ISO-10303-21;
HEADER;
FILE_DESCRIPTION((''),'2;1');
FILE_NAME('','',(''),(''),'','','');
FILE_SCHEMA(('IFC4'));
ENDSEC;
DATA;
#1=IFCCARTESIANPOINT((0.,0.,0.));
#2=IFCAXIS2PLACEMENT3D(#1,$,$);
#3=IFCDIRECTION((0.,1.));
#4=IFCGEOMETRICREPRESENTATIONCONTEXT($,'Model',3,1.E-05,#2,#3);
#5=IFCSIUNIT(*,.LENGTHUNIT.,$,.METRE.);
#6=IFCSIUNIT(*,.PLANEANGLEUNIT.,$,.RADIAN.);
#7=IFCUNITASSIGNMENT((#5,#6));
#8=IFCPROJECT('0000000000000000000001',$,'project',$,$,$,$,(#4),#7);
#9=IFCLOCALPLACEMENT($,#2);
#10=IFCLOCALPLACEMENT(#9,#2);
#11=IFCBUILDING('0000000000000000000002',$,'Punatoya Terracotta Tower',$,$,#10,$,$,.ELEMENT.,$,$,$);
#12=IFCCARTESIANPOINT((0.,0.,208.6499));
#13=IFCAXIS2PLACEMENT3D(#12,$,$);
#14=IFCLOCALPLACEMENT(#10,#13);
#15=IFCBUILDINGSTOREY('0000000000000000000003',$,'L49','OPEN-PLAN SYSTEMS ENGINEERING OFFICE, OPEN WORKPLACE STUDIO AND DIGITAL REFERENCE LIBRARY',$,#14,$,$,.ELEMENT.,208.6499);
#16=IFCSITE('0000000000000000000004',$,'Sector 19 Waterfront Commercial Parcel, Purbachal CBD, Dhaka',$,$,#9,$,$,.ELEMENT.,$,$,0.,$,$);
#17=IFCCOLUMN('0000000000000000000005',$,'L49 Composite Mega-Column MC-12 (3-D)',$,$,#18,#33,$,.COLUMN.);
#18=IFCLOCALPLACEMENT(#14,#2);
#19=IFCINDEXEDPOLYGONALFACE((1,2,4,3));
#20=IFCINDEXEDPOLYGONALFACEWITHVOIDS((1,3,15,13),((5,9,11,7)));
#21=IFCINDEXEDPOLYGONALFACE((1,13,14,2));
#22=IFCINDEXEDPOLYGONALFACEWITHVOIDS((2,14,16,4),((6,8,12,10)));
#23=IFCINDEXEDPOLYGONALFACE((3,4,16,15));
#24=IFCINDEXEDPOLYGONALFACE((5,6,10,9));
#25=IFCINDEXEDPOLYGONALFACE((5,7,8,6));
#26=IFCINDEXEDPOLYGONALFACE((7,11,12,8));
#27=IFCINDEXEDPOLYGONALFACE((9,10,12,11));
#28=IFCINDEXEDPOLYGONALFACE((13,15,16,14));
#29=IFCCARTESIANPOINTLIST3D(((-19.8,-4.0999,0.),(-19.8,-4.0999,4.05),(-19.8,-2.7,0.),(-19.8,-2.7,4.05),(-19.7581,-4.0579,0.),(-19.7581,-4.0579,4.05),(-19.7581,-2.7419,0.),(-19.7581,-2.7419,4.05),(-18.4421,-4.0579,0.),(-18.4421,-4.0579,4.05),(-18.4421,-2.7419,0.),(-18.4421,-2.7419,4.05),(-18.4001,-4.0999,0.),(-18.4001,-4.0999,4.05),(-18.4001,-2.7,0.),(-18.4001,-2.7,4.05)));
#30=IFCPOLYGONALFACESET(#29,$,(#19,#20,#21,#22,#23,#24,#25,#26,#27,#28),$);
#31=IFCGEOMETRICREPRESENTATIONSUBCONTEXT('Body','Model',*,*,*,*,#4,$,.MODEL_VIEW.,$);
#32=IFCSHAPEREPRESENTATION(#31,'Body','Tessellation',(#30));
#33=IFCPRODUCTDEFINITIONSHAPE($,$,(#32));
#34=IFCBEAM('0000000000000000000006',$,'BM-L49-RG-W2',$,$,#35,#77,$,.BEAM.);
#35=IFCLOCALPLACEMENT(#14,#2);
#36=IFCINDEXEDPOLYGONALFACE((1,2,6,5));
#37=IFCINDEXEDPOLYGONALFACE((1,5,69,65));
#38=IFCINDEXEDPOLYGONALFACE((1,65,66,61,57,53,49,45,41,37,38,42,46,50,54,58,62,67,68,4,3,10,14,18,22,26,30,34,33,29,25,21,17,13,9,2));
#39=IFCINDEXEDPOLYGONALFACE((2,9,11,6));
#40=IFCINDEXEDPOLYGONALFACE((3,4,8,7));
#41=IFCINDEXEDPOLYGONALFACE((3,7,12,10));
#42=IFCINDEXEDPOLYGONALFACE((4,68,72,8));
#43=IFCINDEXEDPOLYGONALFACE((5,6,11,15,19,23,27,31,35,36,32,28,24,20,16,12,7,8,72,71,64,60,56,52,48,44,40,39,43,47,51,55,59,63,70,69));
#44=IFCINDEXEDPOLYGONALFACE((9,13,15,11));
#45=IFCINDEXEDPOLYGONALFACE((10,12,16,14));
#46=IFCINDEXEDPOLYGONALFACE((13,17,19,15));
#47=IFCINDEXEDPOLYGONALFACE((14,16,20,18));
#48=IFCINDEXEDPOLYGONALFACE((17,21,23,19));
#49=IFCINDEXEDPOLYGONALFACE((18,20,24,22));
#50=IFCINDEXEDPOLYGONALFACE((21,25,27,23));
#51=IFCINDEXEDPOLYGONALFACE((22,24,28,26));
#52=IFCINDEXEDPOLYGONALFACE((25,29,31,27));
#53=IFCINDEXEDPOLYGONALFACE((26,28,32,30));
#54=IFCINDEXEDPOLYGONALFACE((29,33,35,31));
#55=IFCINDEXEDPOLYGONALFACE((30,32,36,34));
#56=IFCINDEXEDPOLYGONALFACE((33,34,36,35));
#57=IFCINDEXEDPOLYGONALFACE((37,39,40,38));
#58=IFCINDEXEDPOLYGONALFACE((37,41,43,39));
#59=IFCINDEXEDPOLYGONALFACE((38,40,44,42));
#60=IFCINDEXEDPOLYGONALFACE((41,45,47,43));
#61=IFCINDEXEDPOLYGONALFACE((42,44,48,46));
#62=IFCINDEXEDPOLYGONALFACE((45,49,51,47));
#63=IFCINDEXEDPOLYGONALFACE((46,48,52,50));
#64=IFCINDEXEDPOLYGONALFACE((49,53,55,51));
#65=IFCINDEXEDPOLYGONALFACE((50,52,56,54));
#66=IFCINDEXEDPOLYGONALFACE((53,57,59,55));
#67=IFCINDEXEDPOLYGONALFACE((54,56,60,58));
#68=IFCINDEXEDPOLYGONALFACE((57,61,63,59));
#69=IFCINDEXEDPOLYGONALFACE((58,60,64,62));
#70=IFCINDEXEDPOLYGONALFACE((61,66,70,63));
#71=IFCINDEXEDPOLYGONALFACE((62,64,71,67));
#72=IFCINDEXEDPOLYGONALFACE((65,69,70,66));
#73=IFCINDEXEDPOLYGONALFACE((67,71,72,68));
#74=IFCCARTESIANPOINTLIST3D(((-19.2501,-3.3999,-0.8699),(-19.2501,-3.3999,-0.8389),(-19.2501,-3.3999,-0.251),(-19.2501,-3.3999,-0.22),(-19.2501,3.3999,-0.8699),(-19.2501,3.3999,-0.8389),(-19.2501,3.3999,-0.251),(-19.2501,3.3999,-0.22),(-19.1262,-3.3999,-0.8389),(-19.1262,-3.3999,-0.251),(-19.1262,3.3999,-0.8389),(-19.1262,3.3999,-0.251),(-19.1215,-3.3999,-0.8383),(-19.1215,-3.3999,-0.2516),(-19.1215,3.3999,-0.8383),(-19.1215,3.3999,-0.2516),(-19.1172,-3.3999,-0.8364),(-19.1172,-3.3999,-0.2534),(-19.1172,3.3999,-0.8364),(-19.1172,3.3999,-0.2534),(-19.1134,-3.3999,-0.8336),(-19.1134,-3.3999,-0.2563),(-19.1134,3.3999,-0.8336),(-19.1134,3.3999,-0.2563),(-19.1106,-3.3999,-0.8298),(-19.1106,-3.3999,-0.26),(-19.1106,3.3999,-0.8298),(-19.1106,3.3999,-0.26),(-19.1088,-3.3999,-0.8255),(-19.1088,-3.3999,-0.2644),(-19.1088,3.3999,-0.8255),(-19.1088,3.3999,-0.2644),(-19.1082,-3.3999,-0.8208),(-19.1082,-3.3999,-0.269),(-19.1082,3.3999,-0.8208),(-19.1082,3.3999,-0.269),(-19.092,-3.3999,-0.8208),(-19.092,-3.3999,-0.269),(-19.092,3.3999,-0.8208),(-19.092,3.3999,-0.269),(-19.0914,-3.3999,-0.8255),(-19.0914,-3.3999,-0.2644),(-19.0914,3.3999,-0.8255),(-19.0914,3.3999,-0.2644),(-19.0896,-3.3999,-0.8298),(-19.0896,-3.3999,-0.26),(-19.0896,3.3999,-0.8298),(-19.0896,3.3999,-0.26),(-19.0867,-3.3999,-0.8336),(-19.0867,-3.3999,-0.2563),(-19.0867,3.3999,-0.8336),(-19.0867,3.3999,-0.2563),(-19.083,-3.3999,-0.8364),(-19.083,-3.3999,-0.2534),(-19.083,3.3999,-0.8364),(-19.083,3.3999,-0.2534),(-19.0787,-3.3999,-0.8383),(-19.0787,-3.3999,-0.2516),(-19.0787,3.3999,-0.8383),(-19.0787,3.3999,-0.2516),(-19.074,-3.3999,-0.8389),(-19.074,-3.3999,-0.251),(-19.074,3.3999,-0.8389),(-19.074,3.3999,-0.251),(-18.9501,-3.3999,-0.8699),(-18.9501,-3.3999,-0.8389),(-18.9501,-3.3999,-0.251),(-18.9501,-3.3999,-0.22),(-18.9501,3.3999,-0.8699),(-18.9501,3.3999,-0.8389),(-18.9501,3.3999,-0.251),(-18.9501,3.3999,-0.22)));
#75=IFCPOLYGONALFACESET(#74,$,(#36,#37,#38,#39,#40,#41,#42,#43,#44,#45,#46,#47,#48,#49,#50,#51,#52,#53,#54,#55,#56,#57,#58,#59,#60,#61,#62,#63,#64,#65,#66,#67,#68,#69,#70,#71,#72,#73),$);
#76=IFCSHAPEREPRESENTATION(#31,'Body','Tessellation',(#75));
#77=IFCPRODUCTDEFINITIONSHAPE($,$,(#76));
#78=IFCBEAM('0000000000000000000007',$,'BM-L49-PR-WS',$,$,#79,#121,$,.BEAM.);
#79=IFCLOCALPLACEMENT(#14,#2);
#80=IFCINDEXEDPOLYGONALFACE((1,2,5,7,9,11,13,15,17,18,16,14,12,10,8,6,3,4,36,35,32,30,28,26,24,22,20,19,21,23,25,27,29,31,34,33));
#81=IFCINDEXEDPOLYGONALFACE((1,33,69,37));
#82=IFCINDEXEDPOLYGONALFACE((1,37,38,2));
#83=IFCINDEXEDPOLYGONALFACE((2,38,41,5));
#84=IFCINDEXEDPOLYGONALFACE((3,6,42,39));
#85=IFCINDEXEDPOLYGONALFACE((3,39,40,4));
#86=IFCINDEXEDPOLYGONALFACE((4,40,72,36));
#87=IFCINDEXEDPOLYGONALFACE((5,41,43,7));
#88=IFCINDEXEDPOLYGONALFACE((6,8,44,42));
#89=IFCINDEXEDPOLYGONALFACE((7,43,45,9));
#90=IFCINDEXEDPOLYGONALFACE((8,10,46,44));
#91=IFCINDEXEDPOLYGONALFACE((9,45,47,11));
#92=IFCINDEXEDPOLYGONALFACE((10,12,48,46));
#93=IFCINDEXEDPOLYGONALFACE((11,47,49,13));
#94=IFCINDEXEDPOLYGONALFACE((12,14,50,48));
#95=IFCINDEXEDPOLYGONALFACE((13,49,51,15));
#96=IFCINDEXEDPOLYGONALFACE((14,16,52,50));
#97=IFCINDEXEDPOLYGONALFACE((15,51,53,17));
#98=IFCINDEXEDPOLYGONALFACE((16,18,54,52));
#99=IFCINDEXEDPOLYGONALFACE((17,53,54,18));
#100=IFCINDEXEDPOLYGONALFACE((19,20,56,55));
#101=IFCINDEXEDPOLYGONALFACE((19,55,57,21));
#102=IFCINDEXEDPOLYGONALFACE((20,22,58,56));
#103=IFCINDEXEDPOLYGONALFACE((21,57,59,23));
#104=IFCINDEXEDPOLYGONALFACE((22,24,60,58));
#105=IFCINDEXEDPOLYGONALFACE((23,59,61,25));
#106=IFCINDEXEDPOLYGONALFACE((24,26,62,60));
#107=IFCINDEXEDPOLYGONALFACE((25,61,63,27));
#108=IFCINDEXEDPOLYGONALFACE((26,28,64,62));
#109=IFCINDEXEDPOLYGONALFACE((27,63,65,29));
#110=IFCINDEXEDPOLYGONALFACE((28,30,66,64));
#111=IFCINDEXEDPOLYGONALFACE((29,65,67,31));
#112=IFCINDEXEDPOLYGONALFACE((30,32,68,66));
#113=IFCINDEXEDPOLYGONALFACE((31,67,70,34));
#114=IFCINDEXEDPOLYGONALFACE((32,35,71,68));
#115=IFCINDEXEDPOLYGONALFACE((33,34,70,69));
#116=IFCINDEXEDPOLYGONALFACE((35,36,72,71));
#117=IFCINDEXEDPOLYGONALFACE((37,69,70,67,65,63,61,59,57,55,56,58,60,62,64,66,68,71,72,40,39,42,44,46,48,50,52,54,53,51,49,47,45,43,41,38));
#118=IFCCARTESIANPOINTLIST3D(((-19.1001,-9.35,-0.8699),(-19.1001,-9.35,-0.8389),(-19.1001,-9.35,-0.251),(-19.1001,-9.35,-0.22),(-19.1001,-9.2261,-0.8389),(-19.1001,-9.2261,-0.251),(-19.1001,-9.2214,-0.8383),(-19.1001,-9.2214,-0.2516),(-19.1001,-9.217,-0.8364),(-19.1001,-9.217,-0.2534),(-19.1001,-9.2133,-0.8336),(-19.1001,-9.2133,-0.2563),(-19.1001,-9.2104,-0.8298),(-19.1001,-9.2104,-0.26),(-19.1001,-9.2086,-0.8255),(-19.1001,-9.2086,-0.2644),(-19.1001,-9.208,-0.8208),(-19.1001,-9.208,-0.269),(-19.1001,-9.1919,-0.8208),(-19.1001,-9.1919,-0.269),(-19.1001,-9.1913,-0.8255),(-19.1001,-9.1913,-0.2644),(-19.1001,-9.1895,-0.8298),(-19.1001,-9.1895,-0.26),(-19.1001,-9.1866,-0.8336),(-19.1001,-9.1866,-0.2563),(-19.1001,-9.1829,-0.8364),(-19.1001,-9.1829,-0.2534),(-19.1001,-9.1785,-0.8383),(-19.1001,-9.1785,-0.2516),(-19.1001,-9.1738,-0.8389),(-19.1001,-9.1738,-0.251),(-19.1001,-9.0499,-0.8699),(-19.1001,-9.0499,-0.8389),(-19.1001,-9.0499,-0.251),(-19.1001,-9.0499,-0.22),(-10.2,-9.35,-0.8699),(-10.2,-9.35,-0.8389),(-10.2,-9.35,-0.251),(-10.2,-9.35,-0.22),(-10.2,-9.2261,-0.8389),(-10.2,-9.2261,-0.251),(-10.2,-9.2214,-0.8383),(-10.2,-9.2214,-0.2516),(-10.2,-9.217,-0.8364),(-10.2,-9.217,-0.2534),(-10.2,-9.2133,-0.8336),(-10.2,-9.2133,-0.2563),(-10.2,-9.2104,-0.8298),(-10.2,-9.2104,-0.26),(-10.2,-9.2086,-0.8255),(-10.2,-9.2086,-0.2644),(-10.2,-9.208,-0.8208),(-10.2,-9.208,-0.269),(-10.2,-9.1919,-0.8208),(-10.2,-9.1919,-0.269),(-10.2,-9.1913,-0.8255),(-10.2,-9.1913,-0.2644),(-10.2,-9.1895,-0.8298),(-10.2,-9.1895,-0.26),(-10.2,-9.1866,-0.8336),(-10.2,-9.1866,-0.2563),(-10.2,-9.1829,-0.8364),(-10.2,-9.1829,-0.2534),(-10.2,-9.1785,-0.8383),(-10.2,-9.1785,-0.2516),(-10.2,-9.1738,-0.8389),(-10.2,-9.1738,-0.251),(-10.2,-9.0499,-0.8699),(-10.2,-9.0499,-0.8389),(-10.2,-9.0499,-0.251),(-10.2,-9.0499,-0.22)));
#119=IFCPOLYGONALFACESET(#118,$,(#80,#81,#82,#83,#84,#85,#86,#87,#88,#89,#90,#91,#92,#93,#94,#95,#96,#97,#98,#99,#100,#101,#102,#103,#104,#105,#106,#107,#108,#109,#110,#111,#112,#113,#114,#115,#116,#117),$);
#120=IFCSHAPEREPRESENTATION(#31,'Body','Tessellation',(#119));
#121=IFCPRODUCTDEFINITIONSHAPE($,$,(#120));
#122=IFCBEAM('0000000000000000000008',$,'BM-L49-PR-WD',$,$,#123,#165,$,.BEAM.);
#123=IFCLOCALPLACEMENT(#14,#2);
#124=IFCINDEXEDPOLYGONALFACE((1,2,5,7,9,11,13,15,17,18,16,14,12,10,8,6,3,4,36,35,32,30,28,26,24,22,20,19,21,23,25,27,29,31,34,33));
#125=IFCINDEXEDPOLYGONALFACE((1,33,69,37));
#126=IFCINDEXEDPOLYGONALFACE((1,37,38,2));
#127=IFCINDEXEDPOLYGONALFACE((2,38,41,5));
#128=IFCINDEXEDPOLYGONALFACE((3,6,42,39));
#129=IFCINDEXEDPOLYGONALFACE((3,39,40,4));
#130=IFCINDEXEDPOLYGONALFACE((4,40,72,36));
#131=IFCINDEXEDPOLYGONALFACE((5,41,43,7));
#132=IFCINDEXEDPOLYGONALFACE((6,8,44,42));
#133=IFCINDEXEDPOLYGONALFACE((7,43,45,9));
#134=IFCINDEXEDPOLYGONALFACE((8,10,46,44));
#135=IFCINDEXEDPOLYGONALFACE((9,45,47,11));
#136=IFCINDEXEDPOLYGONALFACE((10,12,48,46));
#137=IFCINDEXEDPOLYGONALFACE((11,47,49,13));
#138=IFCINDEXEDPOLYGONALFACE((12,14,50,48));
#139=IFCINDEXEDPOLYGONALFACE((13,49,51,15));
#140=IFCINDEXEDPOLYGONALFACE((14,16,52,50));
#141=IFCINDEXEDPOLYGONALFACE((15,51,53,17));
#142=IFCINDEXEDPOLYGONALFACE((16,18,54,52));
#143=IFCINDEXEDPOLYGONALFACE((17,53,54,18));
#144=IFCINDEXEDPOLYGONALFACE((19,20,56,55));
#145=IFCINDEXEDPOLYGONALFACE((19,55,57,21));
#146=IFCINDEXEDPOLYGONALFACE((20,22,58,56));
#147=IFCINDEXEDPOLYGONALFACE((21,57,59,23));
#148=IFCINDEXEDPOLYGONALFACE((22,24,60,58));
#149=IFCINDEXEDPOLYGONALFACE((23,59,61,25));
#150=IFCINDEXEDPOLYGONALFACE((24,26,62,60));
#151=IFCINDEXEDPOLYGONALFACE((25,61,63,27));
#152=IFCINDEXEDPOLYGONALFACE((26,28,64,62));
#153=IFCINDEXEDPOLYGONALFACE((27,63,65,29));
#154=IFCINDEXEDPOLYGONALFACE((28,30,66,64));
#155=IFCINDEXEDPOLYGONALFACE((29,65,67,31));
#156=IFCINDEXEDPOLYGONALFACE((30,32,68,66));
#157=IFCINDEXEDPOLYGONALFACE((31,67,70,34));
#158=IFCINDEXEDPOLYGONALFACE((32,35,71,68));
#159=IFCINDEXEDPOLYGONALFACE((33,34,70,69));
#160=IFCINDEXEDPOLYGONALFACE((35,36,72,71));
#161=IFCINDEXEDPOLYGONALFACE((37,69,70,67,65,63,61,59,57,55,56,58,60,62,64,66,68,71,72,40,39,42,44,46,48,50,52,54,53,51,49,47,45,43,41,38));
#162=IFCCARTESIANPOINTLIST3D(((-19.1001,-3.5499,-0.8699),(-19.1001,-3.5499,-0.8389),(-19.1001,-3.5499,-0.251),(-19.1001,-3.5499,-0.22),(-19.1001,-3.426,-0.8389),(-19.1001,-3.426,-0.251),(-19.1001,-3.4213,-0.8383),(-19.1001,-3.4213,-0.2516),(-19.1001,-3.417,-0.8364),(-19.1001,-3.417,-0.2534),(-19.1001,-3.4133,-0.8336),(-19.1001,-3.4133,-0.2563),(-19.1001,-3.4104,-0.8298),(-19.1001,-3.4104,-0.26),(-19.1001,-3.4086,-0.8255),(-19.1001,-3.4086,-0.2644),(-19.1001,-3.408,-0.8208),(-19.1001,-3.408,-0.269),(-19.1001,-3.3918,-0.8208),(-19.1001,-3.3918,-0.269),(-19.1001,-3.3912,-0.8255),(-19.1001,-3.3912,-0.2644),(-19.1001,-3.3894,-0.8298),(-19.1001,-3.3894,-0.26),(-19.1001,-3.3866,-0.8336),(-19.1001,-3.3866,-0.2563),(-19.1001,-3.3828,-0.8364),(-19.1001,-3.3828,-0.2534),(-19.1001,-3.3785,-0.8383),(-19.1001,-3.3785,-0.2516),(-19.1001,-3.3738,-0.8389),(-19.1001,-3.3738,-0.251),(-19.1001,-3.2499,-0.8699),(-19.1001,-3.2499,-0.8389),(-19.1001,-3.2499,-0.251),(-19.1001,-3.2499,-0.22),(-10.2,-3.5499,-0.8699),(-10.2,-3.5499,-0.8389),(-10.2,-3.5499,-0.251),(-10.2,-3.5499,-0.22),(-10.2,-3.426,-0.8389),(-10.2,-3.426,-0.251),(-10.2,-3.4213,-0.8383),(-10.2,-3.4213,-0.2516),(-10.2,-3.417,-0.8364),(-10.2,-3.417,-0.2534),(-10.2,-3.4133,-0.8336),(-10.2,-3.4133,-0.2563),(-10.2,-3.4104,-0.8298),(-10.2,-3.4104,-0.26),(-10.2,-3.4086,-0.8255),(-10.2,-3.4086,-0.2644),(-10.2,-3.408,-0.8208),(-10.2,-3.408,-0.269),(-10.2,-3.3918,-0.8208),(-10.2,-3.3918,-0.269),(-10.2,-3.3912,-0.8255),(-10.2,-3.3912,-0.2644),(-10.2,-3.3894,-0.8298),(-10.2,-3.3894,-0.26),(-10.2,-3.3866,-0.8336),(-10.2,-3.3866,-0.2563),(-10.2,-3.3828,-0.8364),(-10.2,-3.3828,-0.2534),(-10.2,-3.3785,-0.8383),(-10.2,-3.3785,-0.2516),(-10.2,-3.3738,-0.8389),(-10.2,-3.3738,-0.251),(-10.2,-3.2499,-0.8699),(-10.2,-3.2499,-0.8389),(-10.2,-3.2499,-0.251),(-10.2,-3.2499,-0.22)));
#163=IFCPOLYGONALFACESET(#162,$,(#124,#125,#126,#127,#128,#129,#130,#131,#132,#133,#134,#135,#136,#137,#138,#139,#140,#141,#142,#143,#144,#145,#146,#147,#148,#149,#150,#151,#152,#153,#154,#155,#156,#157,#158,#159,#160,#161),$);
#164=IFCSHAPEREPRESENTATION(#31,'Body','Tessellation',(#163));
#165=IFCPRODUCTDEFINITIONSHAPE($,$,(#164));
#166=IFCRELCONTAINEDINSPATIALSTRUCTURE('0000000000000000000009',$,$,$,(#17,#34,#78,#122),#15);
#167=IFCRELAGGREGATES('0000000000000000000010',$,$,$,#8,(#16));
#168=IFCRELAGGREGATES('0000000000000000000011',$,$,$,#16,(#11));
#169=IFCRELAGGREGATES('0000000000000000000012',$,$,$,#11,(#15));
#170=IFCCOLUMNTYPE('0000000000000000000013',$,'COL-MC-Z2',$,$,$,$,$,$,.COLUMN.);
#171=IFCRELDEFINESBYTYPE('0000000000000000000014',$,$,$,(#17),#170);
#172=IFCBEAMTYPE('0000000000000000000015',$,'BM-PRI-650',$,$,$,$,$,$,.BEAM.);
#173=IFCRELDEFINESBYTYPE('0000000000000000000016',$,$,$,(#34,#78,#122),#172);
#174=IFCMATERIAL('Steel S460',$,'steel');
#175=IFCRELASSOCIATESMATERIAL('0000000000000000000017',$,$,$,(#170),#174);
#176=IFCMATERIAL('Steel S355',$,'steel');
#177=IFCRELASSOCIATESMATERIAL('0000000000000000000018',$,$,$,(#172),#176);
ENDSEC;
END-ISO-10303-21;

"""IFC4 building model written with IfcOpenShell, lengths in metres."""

from ifc_helpers import new_model, si_unit, direction, frame, origin, origin_2d, place, context, subcontext, project, spatial, hollow_rectangle, i_section, extrude, material, material_profile, profile_set, type_object, element, save


model = new_model("IFC4")

# Units and contexts
model_context = context("Model", 3, precision=1e-05, world=origin(), true_north=direction((0.0, 1.0)))
body_context = subcontext(model_context, "Body", "Model", "MODEL_VIEW")
ifc_project = project(units=[si_unit("LENGTHUNIT", "METRE"), si_unit("PLANEANGLEUNIT", "RADIAN")], contexts=[model_context])

# Site, building, storey
site_placement = place(None, origin())
site = spatial("IfcSite", under=ifc_project, at=site_placement, Name="Sector 19 Waterfront Commercial Parcel, Purbachal CBD, Dhaka", CompositionType="ELEMENT", RefElevation=0.0)
building_placement = place(site_placement, origin())
building = spatial("IfcBuilding", under=site, at=building_placement, Name="Punatoya Terracotta Tower", CompositionType="ELEMENT")
storey_placement = place(building_placement, frame((0.0, 0.0, 208.6499)))
storey = spatial("IfcBuildingStorey", under=building, at=storey_placement, Name="L49", Description="OPEN-PLAN SYSTEMS ENGINEERING OFFICE, OPEN WORKPLACE STUDIO AND DIGITAL REFERENCE LIBRARY", CompositionType="ELEMENT", Elevation=208.6499)

# Column
ifc_material_1 = material(Name="Steel S460", Category="steel")
ifc_material_profile_1 = material_profile(ifc_material_1, hollow_rectangle(XDim=1.3999, YDim=1.3999, WallThickness=0.042, at=origin_2d()))
ifc_profile_set_1 = profile_set([ifc_material_profile_1], Name="Steel S460")
column_type = type_object("IfcColumnType", Name="COL-MC-Z2", PredefinedType="COLUMN", material=ifc_profile_set_1)
column_placement = place(storey_placement, frame((-19.1001, -3.3999, 0.0), z_axis=(0.0, 0.0, 1.0), x_axis=(1.0, 0.0, 0.0)))
element("IfcColumn", 1, at=column_placement, inside=storey, type_object=column_type, Name="L49 Composite Mega-Column MC-12 (3-D)", PredefinedType="COLUMN", context=body_context, shape_type="SweptSolid", body=[
    extrude(hollow_rectangle(XDim=1.3999, YDim=1.3999, WallThickness=0.042, at=origin_2d()), origin(), (0.0, 0.0, 1.0), 4.05),
])

# Beams
ifc_material_2 = material(Name="Steel S355", Category="steel")
ifc_material_profile_2 = material_profile(ifc_material_2, i_section(OverallWidth=0.3, OverallDepth=0.6499, WebThickness=0.0161, FlangeThickness=0.031, FilletRadius=0.0181, at=origin_2d()))
ifc_profile_set_2 = profile_set([ifc_material_profile_2], Name="Steel S355")
beam_type_1 = type_object("IfcBeamType", Name="BM-PRI-650", PredefinedType="BEAM", material=ifc_profile_set_2)
beam_1_placement = place(storey_placement, frame((-19.1001, -3.3999, -0.5449), z_axis=(0.0, 1.0, 0.0), x_axis=(-1.0, 0.0, 0.0)))
element("IfcBeam", 2, at=beam_1_placement, inside=storey, type_object=beam_type_1, Name="BM-L49-RG-W2", PredefinedType="BEAM", context=body_context, shape_type="SweptSolid", body=[
    extrude(i_section(OverallWidth=0.3, OverallDepth=0.6499, WebThickness=0.0161, FlangeThickness=0.031, FilletRadius=0.0181, at=origin_2d()), origin(), (0.0, 0.0, 1.0), 6.7998),
])
for number, where, z_axis, x_axis, name in (
    (3, (-19.1001, -9.2, -0.5449), (1.0, 0.0, 0.0), (0.0, 1.0, 0.0), "BM-L49-PR-WS"),
    (4, (-19.1001, -3.3999, -0.5449), (1.0, 0.0, 0.0), (0.0, 1.0, 0.0), "BM-L49-PR-WD"),
):
    element("IfcBeam", number, at=place(storey_placement, frame(where, z_axis=z_axis, x_axis=x_axis)), inside=storey, type_object=beam_type_1, Name=name, PredefinedType="BEAM", context=body_context, shape_type="SweptSolid", body=[
        extrude(i_section(OverallWidth=0.3, OverallDepth=0.6499, WebThickness=0.0161, FlangeThickness=0.031, FilletRadius=0.0181, at=origin_2d()), origin(), (0.0, 0.0, 1.0), 8.9001),
    ])

save(model, "model.ifc")
